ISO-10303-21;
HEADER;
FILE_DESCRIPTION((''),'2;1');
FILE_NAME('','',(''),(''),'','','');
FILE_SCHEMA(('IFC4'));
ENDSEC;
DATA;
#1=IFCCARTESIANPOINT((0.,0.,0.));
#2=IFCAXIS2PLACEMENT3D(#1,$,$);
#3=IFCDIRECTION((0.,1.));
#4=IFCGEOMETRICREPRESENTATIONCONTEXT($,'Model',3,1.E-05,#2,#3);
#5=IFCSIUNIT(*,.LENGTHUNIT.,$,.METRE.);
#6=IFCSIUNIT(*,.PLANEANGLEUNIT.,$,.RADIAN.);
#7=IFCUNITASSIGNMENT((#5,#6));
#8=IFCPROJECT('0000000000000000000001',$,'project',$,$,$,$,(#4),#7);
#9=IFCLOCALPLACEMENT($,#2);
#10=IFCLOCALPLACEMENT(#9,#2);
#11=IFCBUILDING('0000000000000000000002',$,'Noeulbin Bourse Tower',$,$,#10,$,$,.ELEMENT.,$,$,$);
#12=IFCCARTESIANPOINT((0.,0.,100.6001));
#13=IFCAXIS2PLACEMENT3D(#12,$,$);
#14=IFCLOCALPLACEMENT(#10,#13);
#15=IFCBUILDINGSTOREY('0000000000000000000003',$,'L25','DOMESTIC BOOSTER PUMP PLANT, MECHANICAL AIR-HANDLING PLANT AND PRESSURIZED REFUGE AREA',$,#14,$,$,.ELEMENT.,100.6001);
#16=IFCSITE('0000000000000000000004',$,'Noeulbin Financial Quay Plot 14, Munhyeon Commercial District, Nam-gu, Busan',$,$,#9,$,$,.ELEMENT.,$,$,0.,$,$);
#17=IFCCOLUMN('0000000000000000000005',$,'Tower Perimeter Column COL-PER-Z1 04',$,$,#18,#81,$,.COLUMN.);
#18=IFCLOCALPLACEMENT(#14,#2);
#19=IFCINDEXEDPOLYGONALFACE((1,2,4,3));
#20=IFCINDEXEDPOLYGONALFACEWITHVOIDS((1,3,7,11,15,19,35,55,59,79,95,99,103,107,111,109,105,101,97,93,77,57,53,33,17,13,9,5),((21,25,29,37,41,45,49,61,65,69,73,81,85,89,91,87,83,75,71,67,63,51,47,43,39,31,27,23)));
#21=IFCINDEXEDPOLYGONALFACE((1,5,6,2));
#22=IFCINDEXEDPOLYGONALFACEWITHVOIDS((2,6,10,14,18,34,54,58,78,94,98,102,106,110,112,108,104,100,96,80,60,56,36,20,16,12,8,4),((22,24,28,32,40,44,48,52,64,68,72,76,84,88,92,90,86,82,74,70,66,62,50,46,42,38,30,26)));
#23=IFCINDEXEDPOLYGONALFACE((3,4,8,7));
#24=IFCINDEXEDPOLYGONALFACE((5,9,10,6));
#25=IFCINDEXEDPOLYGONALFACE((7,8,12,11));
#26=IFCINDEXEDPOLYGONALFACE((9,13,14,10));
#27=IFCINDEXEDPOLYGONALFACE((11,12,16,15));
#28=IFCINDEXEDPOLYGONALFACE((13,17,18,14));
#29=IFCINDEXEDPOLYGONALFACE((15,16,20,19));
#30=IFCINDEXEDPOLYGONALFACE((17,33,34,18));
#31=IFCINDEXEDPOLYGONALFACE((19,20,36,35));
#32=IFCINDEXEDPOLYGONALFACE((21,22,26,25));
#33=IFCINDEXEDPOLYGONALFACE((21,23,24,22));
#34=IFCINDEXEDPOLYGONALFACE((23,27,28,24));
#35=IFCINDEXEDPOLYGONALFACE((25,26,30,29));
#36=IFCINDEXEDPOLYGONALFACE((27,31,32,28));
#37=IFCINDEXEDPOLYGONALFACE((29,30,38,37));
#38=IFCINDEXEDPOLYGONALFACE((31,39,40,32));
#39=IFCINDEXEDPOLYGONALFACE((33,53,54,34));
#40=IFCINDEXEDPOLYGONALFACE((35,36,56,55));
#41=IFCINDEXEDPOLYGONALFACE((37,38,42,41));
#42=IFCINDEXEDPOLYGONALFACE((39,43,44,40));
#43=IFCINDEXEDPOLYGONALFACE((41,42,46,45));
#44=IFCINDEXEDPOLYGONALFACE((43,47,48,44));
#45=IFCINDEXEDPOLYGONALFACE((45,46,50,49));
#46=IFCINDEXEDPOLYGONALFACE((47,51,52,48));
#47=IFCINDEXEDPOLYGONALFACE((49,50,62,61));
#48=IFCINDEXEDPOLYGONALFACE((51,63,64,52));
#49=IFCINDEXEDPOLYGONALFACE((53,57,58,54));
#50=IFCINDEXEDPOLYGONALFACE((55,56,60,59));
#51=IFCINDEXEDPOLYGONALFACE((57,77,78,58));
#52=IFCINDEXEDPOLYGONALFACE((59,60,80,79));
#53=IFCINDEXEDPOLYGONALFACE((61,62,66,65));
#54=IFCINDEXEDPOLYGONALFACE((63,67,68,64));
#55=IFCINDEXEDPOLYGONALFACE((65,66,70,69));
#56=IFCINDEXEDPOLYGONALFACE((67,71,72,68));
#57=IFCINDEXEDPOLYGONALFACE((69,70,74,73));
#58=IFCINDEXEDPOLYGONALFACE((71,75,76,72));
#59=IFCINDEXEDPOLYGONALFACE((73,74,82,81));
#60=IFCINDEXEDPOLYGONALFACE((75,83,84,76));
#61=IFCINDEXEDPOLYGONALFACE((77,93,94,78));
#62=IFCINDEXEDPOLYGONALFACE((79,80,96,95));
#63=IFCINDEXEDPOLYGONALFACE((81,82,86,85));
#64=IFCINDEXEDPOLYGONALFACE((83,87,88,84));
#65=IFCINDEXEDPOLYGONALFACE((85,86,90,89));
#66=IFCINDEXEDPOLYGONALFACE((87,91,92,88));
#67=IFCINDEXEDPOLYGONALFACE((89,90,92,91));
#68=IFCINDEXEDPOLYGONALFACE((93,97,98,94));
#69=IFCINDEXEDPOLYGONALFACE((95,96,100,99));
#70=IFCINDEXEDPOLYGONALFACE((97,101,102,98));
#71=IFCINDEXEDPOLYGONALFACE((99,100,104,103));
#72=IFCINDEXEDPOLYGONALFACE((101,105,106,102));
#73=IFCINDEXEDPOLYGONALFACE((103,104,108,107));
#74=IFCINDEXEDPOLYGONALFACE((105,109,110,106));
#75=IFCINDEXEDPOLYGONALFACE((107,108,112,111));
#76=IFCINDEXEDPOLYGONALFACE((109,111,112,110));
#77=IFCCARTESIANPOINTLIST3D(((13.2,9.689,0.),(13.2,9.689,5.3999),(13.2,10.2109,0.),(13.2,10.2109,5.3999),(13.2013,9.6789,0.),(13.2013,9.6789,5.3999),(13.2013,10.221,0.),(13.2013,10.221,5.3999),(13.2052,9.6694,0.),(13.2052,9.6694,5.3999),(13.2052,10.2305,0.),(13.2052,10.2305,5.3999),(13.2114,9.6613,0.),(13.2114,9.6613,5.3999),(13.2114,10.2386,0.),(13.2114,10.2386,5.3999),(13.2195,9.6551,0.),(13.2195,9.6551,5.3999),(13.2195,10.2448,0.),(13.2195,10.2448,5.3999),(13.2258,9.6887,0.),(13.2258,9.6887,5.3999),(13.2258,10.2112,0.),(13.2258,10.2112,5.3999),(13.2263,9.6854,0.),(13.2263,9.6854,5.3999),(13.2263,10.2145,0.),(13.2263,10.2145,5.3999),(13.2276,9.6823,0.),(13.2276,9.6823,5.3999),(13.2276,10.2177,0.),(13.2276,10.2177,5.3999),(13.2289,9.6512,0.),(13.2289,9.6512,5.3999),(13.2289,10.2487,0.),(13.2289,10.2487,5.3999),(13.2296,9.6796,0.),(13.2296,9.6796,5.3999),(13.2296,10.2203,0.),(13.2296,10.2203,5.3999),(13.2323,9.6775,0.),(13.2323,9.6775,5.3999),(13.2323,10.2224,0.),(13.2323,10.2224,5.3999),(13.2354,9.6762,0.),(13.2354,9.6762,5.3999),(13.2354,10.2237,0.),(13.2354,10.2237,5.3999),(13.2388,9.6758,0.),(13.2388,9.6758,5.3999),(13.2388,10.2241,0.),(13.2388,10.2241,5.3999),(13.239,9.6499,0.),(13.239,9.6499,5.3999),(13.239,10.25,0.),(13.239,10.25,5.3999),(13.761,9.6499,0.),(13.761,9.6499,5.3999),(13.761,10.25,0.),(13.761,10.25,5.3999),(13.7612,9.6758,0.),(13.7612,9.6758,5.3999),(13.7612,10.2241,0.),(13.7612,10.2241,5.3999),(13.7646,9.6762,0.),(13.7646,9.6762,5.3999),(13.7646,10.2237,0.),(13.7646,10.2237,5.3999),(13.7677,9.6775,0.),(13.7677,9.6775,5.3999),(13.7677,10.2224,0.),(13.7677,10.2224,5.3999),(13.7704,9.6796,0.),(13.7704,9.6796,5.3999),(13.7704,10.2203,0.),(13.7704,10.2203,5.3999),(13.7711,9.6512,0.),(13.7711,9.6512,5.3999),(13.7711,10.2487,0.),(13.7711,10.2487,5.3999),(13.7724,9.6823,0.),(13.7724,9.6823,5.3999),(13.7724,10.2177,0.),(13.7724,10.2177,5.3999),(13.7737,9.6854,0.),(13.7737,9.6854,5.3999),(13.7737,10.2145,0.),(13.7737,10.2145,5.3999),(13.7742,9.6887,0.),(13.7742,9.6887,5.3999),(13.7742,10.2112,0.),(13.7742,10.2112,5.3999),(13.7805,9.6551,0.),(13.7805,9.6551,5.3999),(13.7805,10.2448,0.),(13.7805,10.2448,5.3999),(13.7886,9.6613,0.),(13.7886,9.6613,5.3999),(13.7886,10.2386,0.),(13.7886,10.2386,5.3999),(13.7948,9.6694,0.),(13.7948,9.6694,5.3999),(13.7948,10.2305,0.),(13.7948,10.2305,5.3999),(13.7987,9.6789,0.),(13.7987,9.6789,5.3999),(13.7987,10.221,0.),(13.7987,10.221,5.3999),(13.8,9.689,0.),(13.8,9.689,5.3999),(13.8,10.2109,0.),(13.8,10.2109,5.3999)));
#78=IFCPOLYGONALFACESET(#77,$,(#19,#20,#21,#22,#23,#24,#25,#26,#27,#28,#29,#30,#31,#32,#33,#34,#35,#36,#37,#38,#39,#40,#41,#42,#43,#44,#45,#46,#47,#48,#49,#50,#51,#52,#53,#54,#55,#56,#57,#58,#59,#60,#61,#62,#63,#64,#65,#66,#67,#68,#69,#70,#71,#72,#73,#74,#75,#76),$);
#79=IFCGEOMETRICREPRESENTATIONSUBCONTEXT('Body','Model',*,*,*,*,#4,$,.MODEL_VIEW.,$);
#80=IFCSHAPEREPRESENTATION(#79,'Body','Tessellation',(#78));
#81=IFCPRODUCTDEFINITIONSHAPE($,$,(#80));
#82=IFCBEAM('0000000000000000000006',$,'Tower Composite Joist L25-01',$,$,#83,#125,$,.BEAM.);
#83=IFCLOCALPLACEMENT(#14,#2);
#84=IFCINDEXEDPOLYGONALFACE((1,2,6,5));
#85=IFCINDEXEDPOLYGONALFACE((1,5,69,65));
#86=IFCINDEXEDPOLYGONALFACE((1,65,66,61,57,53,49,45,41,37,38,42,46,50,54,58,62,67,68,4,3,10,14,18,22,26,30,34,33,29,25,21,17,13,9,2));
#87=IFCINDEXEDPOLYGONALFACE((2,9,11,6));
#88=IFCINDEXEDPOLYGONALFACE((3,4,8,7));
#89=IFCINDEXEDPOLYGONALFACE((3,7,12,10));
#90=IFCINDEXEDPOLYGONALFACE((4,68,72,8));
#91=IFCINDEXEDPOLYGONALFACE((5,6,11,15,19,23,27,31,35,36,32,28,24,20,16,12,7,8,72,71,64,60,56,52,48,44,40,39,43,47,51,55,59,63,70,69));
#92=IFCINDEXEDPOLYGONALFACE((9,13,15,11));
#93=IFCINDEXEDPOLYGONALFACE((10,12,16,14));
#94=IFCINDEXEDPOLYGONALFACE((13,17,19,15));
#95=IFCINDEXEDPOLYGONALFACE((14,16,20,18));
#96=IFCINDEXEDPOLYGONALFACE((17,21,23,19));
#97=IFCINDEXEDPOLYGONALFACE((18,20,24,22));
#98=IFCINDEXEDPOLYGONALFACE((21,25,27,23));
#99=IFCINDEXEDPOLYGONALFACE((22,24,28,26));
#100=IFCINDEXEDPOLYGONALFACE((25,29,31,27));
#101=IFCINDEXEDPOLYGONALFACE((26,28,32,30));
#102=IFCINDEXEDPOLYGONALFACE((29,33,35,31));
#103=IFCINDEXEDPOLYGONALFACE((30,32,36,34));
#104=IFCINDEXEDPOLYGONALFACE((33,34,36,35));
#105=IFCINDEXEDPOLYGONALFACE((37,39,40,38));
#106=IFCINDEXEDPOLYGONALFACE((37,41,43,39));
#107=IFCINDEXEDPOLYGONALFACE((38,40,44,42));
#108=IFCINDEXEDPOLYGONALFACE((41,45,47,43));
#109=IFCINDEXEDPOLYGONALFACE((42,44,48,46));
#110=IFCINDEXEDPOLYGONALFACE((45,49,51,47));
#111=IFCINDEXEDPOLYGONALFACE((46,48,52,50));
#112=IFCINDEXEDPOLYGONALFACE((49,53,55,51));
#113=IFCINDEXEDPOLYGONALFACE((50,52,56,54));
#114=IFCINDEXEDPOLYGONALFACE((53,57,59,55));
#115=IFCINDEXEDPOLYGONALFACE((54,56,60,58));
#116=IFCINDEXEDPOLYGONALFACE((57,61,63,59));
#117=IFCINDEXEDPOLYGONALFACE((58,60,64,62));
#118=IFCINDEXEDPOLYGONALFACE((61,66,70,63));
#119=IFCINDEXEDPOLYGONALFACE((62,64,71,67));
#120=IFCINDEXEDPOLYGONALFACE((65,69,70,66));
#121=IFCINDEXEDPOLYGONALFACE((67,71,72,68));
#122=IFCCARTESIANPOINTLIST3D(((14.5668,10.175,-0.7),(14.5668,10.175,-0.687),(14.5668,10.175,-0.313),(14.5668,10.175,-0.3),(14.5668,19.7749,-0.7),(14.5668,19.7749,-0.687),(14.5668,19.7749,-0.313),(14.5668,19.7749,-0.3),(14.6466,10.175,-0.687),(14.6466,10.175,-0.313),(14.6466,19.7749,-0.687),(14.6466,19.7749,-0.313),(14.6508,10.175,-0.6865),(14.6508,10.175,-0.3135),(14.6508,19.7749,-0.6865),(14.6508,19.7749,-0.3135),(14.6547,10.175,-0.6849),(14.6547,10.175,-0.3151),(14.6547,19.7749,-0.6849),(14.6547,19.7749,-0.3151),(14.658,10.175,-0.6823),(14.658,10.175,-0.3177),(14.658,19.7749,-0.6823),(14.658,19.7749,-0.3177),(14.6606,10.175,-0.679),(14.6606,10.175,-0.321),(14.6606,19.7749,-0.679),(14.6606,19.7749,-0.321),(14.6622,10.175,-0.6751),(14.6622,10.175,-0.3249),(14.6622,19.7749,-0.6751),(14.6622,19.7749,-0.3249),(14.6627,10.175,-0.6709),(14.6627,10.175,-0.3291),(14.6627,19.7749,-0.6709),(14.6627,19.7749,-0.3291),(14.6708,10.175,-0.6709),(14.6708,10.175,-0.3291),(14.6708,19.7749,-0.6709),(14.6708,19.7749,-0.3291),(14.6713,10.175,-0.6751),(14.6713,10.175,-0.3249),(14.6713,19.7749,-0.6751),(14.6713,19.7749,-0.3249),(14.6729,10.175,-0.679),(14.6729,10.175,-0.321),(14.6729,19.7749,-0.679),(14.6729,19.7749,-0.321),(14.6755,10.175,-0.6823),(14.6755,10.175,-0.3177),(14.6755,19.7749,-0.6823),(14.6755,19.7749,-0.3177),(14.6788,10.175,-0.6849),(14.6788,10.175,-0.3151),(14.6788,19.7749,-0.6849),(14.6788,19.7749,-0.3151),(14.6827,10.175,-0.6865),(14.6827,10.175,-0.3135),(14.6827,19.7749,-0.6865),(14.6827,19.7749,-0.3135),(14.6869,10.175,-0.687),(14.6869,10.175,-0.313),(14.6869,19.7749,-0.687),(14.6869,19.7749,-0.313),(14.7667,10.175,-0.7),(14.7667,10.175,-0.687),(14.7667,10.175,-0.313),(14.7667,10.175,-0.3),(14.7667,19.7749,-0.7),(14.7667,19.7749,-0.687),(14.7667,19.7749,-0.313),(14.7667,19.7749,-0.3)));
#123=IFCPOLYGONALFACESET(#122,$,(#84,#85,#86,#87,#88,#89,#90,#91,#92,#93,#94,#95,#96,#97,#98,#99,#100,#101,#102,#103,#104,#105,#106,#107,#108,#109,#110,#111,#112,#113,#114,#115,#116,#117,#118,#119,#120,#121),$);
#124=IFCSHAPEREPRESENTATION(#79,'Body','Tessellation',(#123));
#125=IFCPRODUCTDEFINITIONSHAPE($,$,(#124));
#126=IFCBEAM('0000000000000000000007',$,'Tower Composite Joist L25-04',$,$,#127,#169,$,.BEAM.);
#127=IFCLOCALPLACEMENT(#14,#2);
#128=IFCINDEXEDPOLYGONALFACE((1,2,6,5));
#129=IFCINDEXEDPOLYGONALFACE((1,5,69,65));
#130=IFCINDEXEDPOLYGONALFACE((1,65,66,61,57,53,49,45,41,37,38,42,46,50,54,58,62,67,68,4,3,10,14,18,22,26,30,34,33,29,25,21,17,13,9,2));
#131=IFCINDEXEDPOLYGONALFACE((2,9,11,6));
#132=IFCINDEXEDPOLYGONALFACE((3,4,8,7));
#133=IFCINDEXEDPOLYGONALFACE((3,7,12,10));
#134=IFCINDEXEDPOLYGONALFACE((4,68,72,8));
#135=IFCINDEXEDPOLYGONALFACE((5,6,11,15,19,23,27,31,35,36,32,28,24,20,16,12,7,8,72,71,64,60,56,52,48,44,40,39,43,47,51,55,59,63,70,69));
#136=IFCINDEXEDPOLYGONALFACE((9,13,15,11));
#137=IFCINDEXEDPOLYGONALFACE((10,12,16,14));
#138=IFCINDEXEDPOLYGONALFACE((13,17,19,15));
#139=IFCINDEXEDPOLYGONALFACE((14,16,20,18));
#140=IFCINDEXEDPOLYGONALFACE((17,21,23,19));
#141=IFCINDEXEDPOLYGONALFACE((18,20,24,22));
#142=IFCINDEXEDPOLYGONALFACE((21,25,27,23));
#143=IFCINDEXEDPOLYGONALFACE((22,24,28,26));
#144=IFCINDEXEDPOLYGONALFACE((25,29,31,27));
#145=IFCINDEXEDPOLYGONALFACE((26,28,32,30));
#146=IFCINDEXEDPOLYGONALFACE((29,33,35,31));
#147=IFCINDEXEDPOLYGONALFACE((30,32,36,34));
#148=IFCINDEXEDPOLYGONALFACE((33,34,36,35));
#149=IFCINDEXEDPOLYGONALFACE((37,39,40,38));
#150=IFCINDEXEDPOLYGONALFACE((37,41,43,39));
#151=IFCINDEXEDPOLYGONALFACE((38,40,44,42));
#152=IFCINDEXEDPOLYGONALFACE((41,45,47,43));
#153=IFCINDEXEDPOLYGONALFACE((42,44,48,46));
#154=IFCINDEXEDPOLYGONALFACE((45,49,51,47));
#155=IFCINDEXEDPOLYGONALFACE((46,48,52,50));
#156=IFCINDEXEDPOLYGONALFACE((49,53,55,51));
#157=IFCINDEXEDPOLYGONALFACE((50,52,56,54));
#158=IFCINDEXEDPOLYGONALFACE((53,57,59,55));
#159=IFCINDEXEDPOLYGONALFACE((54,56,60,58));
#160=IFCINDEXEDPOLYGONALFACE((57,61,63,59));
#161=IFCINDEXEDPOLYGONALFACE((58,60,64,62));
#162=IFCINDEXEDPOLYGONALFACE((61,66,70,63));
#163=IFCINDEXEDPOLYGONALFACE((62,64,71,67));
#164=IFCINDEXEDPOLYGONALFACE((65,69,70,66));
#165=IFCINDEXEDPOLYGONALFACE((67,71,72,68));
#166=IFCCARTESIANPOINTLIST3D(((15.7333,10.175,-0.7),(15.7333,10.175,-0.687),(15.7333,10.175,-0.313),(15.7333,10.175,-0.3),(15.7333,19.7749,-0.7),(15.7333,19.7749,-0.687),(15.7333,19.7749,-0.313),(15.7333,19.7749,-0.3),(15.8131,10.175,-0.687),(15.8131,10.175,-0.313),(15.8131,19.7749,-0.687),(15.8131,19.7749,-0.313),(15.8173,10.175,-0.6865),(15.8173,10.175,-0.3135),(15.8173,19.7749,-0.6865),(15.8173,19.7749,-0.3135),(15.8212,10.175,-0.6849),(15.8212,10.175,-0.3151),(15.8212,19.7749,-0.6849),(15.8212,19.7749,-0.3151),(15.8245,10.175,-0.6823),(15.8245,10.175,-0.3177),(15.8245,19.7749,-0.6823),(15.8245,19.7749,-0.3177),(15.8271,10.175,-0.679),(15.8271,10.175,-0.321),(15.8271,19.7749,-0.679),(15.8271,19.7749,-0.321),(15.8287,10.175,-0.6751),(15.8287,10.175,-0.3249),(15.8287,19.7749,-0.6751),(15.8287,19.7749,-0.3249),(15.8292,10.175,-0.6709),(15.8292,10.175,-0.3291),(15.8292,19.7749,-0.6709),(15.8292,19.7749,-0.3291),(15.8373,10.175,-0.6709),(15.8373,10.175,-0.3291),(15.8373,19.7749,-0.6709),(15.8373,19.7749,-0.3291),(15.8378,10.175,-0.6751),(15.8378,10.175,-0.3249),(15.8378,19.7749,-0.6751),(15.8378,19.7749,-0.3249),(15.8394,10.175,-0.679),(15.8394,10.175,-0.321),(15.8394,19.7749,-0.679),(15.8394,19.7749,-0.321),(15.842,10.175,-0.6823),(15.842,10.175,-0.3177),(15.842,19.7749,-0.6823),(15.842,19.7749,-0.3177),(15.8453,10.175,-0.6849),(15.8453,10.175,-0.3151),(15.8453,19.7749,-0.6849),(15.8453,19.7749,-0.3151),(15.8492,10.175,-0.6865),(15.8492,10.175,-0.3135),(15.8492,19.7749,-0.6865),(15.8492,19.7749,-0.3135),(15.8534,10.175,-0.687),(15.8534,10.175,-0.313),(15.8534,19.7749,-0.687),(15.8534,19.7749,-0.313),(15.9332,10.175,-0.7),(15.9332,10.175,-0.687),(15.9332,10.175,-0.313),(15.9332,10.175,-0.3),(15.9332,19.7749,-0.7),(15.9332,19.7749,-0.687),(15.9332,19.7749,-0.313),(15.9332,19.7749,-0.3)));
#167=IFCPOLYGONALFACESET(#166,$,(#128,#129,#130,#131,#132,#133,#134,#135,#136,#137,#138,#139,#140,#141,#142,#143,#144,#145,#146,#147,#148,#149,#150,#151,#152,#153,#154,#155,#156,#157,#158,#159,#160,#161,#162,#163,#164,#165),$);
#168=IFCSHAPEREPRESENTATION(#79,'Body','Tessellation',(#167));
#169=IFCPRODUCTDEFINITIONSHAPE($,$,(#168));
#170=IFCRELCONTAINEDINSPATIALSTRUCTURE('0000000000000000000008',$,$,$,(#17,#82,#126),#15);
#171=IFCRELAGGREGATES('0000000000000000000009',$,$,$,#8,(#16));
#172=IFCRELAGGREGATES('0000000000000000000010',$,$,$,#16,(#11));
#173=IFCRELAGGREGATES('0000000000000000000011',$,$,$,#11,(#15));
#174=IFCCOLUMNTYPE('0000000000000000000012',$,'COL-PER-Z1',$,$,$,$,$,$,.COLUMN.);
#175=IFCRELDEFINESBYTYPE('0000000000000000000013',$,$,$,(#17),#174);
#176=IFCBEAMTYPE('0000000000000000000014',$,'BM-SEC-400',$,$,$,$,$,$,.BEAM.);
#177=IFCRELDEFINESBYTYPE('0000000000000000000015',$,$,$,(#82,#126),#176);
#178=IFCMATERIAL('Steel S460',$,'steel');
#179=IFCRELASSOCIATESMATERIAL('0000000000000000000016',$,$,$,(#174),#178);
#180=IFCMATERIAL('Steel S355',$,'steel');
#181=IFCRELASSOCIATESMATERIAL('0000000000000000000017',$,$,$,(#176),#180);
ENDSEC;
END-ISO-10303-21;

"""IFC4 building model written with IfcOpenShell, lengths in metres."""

from ifc_helpers import new_model, si_unit, direction, frame, origin, origin_2d, place, context, subcontext, project, spatial, hollow_rectangle, i_section, extrude, material, material_profile, profile_set, type_object, element, save


model = new_model("IFC4")

# Units and contexts
model_context = context("Model", 3, precision=1e-05, world=origin(), true_north=direction((0.0, 1.0)))
body_context = subcontext(model_context, "Body", "Model", "MODEL_VIEW")
ifc_project = project(units=[si_unit("LENGTHUNIT", "METRE"), si_unit("PLANEANGLEUNIT", "RADIAN")], contexts=[model_context])

# Site, building, storey
site_placement = place(None, origin())
site = spatial("IfcSite", under=ifc_project, at=site_placement, Name="Noeulbin Financial Quay Plot 14, Munhyeon Commercial District, Nam-gu, Busan", CompositionType="ELEMENT", RefElevation=0.0)
building_placement = place(site_placement, origin())
building = spatial("IfcBuilding", under=site, at=building_placement, Name="Noeulbin Bourse Tower", CompositionType="ELEMENT")
storey_placement = place(building_placement, frame((0.0, 0.0, 100.6001)))
storey = spatial("IfcBuildingStorey", under=building, at=storey_placement, Name="L25", Description="DOMESTIC BOOSTER PUMP PLANT, MECHANICAL AIR-HANDLING PLANT AND PRESSURIZED REFUGE AREA", CompositionType="ELEMENT", Elevation=100.6001)

# Column
ifc_material_1 = material(Name="Steel S460", Category="steel")
ifc_material_profile_1 = material_profile(ifc_material_1, hollow_rectangle(XDim=0.6001, YDim=0.6001, WallThickness=0.0259, InnerFilletRadius=0.0129, OuterFilletRadius=0.0391, at=origin_2d()), Name="BOX-600x600x26", Category="LoadBearing")
ifc_profile_set_1 = profile_set([ifc_material_profile_1], Name="Steel S460")
column_type = type_object("IfcColumnType", Name="COL-PER-Z1", PredefinedType="COLUMN", material=ifc_profile_set_1)
column_placement = place(storey_placement, frame((13.5, 9.95, 0.0), z_axis=(0.0, 0.0, 1.0), x_axis=(1.0, 0.0, 0.0)))
element("IfcColumn", 1, at=column_placement, inside=storey, type_object=column_type, Name="Tower Perimeter Column COL-PER-Z1 04", PredefinedType="COLUMN", context=body_context, shape_type="SweptSolid", body=[
    extrude(hollow_rectangle(XDim=0.6001, YDim=0.6001, WallThickness=0.0259, InnerFilletRadius=0.0129, OuterFilletRadius=0.0391, at=origin_2d()), origin(), (0.0, 0.0, 1.0), 5.3999),
])

# Beams
ifc_material_2 = material(Name="Steel S355", Category="steel")
ifc_material_profile_2 = material_profile(ifc_material_2, i_section(OverallWidth=0.2, OverallDepth=0.3999, WebThickness=0.0081, FlangeThickness=0.0129, FilletRadius=0.0161, at=origin_2d()), Name="H-400x200x8x13", Category="LoadBearing")
ifc_profile_set_2 = profile_set([ifc_material_profile_2], Name="Steel S355")
beam_type_1 = type_object("IfcBeamType", Name="BM-SEC-400", PredefinedType="BEAM", material=ifc_profile_set_2)
for number, where, z_axis, x_axis, name in (
    (2, (14.6667, 10.175, -0.5), (0.0, 1.0, 0.0), (-1.0, 0.0, 0.0), "Tower Composite Joist L25-01"),
    (3, (15.8333, 10.175, -0.5), (0.0, 1.0, 0.0), (-1.0, 0.0, 0.0), "Tower Composite Joist L25-04"),
):
    element("IfcBeam", number, at=place(storey_placement, frame(where, z_axis=z_axis, x_axis=x_axis)), inside=storey, type_object=beam_type_1, Name=name, PredefinedType="BEAM", context=body_context, shape_type="SweptSolid", body=[
        extrude(i_section(OverallWidth=0.2, OverallDepth=0.3999, WebThickness=0.0081, FlangeThickness=0.0129, FilletRadius=0.0161, at=origin_2d()), origin(), (0.0, 0.0, 1.0), 9.5999),
    ])

save(model, "model.ifc")
